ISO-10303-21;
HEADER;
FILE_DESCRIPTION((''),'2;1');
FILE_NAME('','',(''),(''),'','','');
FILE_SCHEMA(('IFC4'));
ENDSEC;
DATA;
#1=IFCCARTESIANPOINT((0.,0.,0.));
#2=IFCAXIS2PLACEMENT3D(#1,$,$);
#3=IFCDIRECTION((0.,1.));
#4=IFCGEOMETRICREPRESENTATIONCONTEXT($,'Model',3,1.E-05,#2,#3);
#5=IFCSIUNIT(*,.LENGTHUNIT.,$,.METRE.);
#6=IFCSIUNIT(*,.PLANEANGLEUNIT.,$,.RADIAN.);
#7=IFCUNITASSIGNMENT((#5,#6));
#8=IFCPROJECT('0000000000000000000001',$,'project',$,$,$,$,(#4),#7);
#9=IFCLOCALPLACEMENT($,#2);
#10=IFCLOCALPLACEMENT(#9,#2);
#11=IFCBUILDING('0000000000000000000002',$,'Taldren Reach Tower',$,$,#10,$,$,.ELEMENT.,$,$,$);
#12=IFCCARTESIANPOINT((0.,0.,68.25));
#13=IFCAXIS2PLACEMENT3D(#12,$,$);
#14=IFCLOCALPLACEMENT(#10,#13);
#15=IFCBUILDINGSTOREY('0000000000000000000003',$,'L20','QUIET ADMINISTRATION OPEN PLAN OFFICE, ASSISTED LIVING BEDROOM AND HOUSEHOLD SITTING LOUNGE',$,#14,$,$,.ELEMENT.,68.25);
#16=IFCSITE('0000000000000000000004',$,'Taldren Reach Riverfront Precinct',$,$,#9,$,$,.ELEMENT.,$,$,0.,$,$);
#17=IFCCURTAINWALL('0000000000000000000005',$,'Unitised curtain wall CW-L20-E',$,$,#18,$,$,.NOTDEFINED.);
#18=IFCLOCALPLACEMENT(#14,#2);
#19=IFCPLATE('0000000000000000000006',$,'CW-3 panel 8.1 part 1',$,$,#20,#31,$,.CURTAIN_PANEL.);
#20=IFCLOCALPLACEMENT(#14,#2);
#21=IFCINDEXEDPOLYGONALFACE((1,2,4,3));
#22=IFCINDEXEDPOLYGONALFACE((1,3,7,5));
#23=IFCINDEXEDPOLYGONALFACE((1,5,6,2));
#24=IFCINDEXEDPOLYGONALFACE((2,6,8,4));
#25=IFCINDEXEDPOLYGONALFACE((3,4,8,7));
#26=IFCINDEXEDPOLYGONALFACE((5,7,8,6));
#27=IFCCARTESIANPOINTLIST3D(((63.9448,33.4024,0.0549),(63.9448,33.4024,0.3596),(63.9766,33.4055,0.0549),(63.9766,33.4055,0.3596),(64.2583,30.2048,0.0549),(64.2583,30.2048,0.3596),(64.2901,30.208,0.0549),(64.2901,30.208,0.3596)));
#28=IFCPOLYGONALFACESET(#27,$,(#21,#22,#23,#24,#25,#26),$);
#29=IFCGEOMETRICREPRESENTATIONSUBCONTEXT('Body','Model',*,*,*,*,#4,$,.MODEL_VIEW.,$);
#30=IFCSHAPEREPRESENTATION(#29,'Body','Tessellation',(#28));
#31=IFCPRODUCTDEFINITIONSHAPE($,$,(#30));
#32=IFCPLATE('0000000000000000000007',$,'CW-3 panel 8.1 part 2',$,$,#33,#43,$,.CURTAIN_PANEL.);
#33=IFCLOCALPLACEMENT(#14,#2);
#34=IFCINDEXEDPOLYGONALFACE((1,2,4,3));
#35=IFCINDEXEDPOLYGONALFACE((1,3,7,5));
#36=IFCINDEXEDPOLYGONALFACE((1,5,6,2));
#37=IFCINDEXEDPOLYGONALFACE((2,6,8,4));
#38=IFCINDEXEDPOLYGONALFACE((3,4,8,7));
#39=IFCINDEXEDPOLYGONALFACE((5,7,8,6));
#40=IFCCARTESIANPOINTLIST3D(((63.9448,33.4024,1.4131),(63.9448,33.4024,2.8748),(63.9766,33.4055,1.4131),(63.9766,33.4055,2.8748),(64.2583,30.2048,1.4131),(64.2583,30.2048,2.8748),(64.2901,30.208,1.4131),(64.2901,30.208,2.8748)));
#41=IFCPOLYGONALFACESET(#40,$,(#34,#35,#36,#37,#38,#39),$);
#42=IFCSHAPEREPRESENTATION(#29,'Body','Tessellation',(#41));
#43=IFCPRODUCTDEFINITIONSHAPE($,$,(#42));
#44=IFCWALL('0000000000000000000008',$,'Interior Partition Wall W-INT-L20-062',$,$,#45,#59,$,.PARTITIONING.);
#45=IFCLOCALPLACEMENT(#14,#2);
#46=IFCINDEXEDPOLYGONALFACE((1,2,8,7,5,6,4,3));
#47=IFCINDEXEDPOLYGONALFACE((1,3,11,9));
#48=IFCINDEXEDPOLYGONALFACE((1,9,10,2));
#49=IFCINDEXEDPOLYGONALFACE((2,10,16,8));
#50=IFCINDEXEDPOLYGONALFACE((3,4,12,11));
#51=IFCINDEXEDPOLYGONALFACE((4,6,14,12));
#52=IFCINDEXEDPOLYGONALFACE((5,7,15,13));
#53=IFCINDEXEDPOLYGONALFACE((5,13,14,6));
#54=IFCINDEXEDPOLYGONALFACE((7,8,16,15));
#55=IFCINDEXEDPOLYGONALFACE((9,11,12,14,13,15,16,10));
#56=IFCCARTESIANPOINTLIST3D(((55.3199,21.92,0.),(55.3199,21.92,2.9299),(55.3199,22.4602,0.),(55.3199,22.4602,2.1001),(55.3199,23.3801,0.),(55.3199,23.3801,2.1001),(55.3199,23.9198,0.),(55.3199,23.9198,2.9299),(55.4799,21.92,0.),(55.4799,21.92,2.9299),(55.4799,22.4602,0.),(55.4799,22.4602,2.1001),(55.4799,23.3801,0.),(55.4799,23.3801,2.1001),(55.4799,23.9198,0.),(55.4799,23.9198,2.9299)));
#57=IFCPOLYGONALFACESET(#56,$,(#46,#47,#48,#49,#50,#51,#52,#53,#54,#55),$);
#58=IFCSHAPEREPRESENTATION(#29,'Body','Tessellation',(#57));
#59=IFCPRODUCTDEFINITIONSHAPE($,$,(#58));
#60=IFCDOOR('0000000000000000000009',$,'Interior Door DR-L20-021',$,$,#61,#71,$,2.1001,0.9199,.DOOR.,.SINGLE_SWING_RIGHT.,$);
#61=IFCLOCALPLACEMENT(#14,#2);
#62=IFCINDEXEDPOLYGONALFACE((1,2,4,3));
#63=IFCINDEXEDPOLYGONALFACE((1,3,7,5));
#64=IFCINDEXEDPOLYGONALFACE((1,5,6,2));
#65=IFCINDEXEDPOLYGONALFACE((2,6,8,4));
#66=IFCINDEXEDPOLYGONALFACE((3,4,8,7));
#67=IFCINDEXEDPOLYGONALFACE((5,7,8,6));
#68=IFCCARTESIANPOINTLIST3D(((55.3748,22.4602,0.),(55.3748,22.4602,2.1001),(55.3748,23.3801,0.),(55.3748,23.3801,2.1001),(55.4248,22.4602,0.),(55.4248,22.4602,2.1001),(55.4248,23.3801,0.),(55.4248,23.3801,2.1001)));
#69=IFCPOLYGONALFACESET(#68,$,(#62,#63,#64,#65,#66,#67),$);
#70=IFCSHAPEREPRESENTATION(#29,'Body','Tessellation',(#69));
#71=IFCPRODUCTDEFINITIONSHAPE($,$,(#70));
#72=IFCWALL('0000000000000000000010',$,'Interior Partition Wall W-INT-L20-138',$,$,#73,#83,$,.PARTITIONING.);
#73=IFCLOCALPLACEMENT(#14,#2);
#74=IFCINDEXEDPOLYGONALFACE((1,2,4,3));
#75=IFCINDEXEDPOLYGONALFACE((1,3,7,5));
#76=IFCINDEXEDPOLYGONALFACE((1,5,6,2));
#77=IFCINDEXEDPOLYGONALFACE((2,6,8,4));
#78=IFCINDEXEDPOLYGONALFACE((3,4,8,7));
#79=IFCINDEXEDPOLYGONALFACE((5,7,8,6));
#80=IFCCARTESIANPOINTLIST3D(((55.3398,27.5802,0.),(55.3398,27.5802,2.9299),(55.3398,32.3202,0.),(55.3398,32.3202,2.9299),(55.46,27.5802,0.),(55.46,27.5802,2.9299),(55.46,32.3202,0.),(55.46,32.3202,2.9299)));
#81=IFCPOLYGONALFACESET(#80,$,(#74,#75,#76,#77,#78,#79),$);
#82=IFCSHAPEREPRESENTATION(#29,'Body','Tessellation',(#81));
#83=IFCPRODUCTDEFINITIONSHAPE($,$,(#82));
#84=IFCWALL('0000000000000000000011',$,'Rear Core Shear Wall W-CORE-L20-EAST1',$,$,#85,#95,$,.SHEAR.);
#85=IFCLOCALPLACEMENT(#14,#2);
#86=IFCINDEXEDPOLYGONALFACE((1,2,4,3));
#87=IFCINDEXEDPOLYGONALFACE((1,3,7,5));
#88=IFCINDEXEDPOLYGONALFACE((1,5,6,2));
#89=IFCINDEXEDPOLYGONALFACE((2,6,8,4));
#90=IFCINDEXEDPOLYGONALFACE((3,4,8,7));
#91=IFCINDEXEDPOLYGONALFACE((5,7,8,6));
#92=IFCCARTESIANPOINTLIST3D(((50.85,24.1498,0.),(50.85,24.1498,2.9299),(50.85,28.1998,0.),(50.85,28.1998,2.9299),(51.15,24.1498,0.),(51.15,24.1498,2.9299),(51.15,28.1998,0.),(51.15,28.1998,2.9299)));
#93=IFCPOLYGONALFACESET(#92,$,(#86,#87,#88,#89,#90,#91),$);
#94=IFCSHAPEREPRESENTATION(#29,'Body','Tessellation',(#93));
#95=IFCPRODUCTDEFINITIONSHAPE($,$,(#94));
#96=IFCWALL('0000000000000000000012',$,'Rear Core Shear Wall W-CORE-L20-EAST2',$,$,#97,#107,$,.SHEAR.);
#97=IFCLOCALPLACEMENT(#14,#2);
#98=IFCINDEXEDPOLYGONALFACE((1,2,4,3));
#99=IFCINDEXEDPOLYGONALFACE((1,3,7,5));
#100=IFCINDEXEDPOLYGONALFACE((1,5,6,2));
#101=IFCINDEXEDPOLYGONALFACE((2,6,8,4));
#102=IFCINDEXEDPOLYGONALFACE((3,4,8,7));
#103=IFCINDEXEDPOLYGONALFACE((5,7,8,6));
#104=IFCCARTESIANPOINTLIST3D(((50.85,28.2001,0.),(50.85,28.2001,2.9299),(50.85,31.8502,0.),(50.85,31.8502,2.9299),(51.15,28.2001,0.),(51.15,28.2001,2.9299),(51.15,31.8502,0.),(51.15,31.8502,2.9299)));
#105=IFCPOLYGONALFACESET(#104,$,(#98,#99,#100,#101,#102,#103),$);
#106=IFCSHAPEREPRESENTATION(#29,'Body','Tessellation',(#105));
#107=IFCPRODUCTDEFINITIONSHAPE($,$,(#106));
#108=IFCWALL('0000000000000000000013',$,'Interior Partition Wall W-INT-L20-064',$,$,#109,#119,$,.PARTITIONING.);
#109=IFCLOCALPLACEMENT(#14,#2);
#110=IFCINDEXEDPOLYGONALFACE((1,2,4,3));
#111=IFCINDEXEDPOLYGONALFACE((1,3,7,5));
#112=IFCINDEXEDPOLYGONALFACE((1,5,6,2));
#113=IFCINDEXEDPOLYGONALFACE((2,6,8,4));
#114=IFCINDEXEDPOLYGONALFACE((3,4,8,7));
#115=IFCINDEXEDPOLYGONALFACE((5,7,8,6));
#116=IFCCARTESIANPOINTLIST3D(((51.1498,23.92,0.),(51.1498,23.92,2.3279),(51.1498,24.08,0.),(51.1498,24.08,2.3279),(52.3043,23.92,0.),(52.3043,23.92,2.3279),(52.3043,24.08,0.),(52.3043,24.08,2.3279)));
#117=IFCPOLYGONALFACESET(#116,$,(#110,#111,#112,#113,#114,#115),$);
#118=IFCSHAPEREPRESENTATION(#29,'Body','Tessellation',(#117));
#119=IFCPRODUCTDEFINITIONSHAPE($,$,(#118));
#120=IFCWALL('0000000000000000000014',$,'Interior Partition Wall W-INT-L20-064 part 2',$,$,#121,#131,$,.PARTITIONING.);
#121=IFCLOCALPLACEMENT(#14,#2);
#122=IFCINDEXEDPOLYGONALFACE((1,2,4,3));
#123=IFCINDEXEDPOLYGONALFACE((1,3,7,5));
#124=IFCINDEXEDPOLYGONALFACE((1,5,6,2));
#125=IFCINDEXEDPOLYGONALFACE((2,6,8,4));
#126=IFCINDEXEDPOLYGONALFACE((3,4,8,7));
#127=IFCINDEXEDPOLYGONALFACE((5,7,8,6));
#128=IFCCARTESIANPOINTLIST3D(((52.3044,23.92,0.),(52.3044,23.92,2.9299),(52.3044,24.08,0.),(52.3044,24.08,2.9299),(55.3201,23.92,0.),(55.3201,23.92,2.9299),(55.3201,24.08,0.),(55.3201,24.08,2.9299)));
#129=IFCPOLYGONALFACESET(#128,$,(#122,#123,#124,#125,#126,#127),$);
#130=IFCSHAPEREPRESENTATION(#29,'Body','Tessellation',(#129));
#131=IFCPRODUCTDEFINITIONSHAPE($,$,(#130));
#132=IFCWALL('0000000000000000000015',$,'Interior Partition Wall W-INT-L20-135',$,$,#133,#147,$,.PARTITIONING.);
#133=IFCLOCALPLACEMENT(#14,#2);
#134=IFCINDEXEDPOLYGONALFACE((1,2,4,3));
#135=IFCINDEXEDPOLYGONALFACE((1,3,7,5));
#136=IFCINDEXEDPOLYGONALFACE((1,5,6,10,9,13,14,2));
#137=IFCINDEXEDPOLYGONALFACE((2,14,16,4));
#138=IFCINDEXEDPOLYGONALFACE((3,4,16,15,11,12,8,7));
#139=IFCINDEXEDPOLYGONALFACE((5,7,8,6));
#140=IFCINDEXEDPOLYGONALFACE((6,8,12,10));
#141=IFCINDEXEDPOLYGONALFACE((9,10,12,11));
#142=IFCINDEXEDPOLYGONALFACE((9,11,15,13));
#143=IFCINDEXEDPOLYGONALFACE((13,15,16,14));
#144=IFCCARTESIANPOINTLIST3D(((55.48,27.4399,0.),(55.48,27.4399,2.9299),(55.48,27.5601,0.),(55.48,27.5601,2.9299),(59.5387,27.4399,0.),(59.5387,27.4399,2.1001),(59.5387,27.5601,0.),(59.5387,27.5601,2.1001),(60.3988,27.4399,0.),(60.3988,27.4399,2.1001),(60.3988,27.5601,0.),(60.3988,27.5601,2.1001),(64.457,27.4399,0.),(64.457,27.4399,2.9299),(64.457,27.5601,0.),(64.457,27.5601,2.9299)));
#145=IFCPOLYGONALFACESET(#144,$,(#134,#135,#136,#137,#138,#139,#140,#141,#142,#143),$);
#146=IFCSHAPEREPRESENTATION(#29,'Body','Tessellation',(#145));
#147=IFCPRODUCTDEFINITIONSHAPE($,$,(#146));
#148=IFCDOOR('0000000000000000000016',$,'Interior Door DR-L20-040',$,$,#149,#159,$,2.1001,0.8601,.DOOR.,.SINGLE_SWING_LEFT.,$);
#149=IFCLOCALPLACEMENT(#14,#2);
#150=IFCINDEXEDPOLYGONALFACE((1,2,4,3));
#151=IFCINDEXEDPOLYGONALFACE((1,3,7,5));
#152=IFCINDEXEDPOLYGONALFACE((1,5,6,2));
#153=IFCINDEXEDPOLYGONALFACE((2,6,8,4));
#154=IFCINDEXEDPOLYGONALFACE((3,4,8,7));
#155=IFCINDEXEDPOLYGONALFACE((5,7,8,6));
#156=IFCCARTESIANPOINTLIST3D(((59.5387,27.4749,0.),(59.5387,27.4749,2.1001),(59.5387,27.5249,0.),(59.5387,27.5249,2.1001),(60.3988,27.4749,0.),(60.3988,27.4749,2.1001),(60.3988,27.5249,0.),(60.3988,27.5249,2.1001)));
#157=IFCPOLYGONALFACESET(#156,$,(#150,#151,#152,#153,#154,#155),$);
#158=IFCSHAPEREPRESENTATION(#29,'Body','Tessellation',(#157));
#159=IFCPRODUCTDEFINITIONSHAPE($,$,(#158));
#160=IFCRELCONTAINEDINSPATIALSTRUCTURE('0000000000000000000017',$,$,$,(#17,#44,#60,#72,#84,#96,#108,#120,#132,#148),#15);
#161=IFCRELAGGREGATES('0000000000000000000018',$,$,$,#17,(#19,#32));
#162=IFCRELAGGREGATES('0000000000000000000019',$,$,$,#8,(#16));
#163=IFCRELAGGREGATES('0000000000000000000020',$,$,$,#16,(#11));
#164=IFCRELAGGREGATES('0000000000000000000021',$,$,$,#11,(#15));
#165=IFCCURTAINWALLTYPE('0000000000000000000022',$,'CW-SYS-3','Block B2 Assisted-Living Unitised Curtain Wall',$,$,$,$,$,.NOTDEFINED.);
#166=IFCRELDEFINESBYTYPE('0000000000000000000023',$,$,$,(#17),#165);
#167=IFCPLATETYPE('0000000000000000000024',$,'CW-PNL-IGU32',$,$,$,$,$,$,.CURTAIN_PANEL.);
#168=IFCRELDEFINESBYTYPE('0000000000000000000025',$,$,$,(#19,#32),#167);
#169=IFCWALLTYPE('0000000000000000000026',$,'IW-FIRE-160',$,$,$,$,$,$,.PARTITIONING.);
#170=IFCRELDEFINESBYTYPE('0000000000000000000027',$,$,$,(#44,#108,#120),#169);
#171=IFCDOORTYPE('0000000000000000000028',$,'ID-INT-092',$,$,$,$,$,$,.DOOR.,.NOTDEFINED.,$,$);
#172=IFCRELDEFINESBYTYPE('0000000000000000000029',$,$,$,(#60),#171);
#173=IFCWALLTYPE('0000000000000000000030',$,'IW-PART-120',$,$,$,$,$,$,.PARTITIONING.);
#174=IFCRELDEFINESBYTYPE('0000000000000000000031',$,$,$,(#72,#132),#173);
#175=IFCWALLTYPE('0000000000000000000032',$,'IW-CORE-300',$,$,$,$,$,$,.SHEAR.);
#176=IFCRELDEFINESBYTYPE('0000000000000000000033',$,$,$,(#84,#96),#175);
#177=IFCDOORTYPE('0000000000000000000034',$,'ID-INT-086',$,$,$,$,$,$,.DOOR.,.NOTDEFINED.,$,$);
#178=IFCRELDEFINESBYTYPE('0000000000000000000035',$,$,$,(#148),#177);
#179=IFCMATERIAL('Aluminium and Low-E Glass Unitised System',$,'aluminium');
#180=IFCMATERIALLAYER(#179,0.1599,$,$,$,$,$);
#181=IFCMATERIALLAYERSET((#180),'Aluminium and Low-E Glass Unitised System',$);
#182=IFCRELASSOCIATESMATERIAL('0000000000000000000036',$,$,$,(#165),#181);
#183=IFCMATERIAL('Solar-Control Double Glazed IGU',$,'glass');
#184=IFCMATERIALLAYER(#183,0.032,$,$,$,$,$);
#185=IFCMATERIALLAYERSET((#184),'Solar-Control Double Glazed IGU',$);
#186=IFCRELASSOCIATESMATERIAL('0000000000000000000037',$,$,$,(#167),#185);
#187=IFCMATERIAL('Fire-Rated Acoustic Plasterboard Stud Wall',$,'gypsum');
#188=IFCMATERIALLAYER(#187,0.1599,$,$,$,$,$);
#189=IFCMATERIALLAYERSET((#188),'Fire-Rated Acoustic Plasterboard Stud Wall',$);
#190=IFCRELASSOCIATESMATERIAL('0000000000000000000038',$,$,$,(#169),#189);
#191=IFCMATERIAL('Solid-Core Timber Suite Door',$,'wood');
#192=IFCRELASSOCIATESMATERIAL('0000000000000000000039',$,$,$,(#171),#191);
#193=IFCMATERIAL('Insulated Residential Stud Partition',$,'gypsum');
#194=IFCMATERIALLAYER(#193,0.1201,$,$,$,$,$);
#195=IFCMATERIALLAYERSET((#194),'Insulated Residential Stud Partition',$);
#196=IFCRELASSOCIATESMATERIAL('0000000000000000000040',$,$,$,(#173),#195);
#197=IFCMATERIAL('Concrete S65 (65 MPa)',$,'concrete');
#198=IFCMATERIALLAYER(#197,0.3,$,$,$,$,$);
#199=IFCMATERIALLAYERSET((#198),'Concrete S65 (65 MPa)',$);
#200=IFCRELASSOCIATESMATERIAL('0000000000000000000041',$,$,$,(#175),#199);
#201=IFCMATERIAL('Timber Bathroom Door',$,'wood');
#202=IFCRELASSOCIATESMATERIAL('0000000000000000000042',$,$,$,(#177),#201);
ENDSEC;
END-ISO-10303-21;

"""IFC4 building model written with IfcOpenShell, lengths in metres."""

from ifc_helpers import new_model, si_unit, direction, frame, frame_2d, origin, origin_2d, place, context, subcontext, project, spatial, rectangle, extrude, source, transform, mapped, material, layer, layer_set, type_object, element, fill, aggregate, save


model = new_model("IFC4")

# Units and contexts
model_context = context("Model", 3, precision=1e-05, world=origin(), true_north=direction((0.0, 1.0)))
body_context = subcontext(model_context, "Body", "Model", "MODEL_VIEW")
ifc_project = project(units=[si_unit("LENGTHUNIT", "METRE"), si_unit("PLANEANGLEUNIT", "RADIAN")], contexts=[model_context])

# Site, building, storey
site_placement = place(None, origin())
site = spatial("IfcSite", under=ifc_project, at=site_placement, Name="Taldren Reach Riverfront Precinct", CompositionType="ELEMENT", RefElevation=0.0)
building_placement = place(site_placement, origin())
building = spatial("IfcBuilding", under=site, at=building_placement, Name="Taldren Reach Tower", CompositionType="ELEMENT")
storey_placement = place(building_placement, frame((0.0, 0.0, 68.25)))
storey = spatial("IfcBuildingStorey", under=building, at=storey_placement, Name="L20", Description="QUIET ADMINISTRATION OPEN PLAN OFFICE, ASSISTED LIVING BEDROOM AND HOUSEHOLD SITTING LOUNGE", CompositionType="ELEMENT", Elevation=68.25)

# Shared definitions
ifc_material_1 = material(Name="Concrete S65 (65 MPa)", Category="concrete")

# Curtain wall, plates
ifc_material_2 = material(Name="Aluminium and Low-E Glass Unitised System", Category="aluminium")
ifc_layer_1 = layer(ifc_material_2, 0.1599)
ifc_layer_set_1 = layer_set([ifc_layer_1], Name="Aluminium and Low-E Glass Unitised System")
curtain_wall_type = type_object("IfcCurtainWallType", Name="CW-SYS-3", Description="Block B2 Assisted-Living Unitised Curtain Wall", PredefinedType="NOTDEFINED", material=ifc_layer_set_1)
curtain_wall_placement = place(storey_placement, origin())
curtain_wall = element("IfcCurtainWall", 1, at=curtain_wall_placement, inside=storey, type_object=curtain_wall_type, Name="Unitised curtain wall CW-L20-E", PredefinedType="NOTDEFINED")
ifc_material_3 = material(Name="Solar-Control Double Glazed IGU", Category="glass")
ifc_layer_2 = layer(ifc_material_3, 0.032)
ifc_layer_set_2 = layer_set([ifc_layer_2], Name="Solar-Control Double Glazed IGU")
plate_type = type_object("IfcPlateType", Name="CW-PNL-IGU32", PredefinedType="CURTAIN_PANEL", material=ifc_layer_set_2)
shared_shape_1 = source(origin(), body_context, "Body", "SweptSolid", [
    extrude(rectangle(XDim=3.2129, YDim=0.032, at=origin_2d()), origin(), (0.0, 0.0, 1.0), 0.3047),
])
plate_1_placement = place(storey_placement, frame((64.1174, 31.8052, 0.0549), z_axis=(0.0, 0.0, 1.0), x_axis=(-0.097583, 0.995227, 0.0)))
plate_1 = element("IfcPlate", 2, at=plate_1_placement, type_object=plate_type, Name="CW-3 panel 8.1 part 1", PredefinedType="CURTAIN_PANEL", context=body_context, shape_type="MappedRepresentation", body=[
    mapped(shared_shape_1, transform((0.0, 0.0, 0.0), scale=1.0)),
])
shared_shape_2 = source(origin(), body_context, "Body", "SweptSolid", [
    extrude(rectangle(XDim=3.2129, YDim=0.032, at=origin_2d()), origin(), (0.0, 0.0, 1.0), 1.4617),
])
plate_2_placement = place(storey_placement, frame((64.1174, 31.8052, 1.4131), z_axis=(0.0, 0.0, 1.0), x_axis=(-0.097583, 0.995227, 0.0)))
plate_2 = element("IfcPlate", 3, at=plate_2_placement, type_object=plate_type, Name="CW-3 panel 8.1 part 2", PredefinedType="CURTAIN_PANEL", context=body_context, shape_type="MappedRepresentation", body=[
    mapped(shared_shape_2, transform((0.0, 0.0, 0.0), scale=1.0)),
])
aggregate(curtain_wall, [plate_1, plate_2])

# Wall, opening, door
ifc_material_4 = material(Name="Fire-Rated Acoustic Plasterboard Stud Wall", Category="gypsum")
ifc_layer_3 = layer(ifc_material_4, 0.1599)
ifc_layer_set_3 = layer_set([ifc_layer_3], Name="Fire-Rated Acoustic Plasterboard Stud Wall")
wall_type_1 = type_object("IfcWallType", Name="IW-FIRE-160", PredefinedType="PARTITIONING", material=ifc_layer_set_3)
shared_shape_3 = source(origin(), body_context, "Body", "SweptSolid", [
    extrude(rectangle(XDim=1.9998, YDim=0.1599, at=frame_2d((1.0, 0.0))), origin(), (0.0, 0.0, 1.0), 2.9299),
])
wall_1_placement = place(storey_placement, frame((55.3999, 23.9199, 0.0), z_axis=(0.0, 0.0, 1.0), x_axis=(0.0, -1.0, 0.0)))
wall_1 = element("IfcWall", 4, at=wall_1_placement, inside=storey, type_object=wall_type_1, Name="Interior Partition Wall W-INT-L20-062", PredefinedType="PARTITIONING", context=body_context, shape_type="MappedRepresentation", body=[
    mapped(shared_shape_3, transform((0.0, 0.0, 0.0), scale=1.0)),
])
shared_shape_4 = source(origin(), body_context, "Body", "SweptSolid", [
    extrude(rectangle(XDim=0.9199, YDim=2.1001, at=frame_2d((0.46, 1.05))), frame((0.0, 0.0898, 0.0), z_axis=(0.0, -1.0, 0.0), x_axis=(1.0, 0.0, 0.0)), (0.0, 0.0, 1.0), 0.1799),
])
opening_1_placement = place(wall_1_placement, frame((0.5398, 0.0, 0.0)))
opening_1 = element("IfcOpeningElement", 5, at=opening_1_placement, cuts=wall_1, PredefinedType="OPENING", context=body_context, shape_type="MappedRepresentation", body=[
    mapped(shared_shape_4, transform((0.0, 0.0, 0.0), scale=1.0)),
])
ifc_material_5 = material(Name="Solid-Core Timber Suite Door", Category="wood")
door_type_1 = type_object("IfcDoorType", Name="ID-INT-092", OperationType="NOTDEFINED", PredefinedType="DOOR", material=ifc_material_5)
shared_shape_5 = source(origin(), body_context, "Body", "SweptSolid", [
    extrude(rectangle(XDim=0.9199, YDim=2.1001, at=frame_2d((0.46, 1.05))), frame((0.0, 0.0249, 0.0), z_axis=(0.0, -1.0, 0.0), x_axis=(1.0, 0.0, 0.0)), (0.0, 0.0, 1.0), 0.05),
])
door_1_placement = place(opening_1_placement, origin())
door_1 = element("IfcDoor", 6, at=door_1_placement, inside=storey, type_object=door_type_1, Name="Interior Door DR-L20-021", OperationType="SINGLE_SWING_RIGHT", OverallHeight=2.1001, OverallWidth=0.9199, PredefinedType="DOOR", context=body_context, shape_type="MappedRepresentation", body=[
    mapped(shared_shape_5, transform((0.0, 0.0, 0.0), scale=1.0)),
])
fill(opening_1, door_1)

# Walls
ifc_material_6 = material(Name="Insulated Residential Stud Partition", Category="gypsum")
ifc_layer_4 = layer(ifc_material_6, 0.1201)
ifc_layer_set_4 = layer_set([ifc_layer_4], Name="Insulated Residential Stud Partition")
wall_type_2 = type_object("IfcWallType", Name="IW-PART-120", PredefinedType="PARTITIONING", material=ifc_layer_set_4)
shared_shape_6 = source(origin(), body_context, "Body", "SweptSolid", [
    extrude(rectangle(XDim=4.74, YDim=0.1201, at=frame_2d((2.3701, 0.0))), origin(), (0.0, 0.0, 1.0), 2.9299),
])
wall_2_placement = place(storey_placement, frame((55.3999, 27.5801, 0.0), z_axis=(0.0, 0.0, 1.0), x_axis=(0.0, 1.0, 0.0)))
element("IfcWall", 7, at=wall_2_placement, inside=storey, type_object=wall_type_2, Name="Interior Partition Wall W-INT-L20-138", PredefinedType="PARTITIONING", context=body_context, shape_type="MappedRepresentation", body=[
    mapped(shared_shape_6, transform((0.0, 0.0, 0.0), scale=1.0)),
])
ifc_layer_5 = layer(ifc_material_1, 0.3)
ifc_layer_set_5 = layer_set([ifc_layer_5], Name="Concrete S65 (65 MPa)")
wall_type_3 = type_object("IfcWallType", Name="IW-CORE-300", PredefinedType="SHEAR", material=ifc_layer_set_5)
shared_shape_7 = source(origin(), body_context, "Body", "SweptSolid", [
    extrude(rectangle(XDim=4.05, YDim=0.3, at=frame_2d((2.0249, 0.0))), origin(), (0.0, 0.0, 1.0), 2.9299),
])
wall_3_placement = place(storey_placement, frame((51.0, 24.1499, 0.0), z_axis=(0.0, 0.0, 1.0), x_axis=(0.0, 1.0, 0.0)))
element("IfcWall", 8, at=wall_3_placement, inside=storey, type_object=wall_type_3, Name="Rear Core Shear Wall W-CORE-L20-EAST1", PredefinedType="SHEAR", context=body_context, shape_type="MappedRepresentation", body=[
    mapped(shared_shape_7, transform((0.0, 0.0, 0.0), scale=1.0)),
])
shared_shape_8 = source(origin(), body_context, "Body", "SweptSolid", [
    extrude(rectangle(XDim=3.6501, YDim=0.3, at=frame_2d((1.8252, 0.0))), origin(), (0.0, 0.0, 1.0), 2.9299),
])
wall_4_placement = place(storey_placement, frame((51.0, 28.2, 0.0), z_axis=(0.0, 0.0, 1.0), x_axis=(0.0, 1.0, 0.0)))
element("IfcWall", 9, at=wall_4_placement, inside=storey, type_object=wall_type_3, Name="Rear Core Shear Wall W-CORE-L20-EAST2", PredefinedType="SHEAR", context=body_context, shape_type="MappedRepresentation", body=[
    mapped(shared_shape_8, transform((0.0, 0.0, 0.0), scale=1.0)),
])
shared_shape_9 = source(origin(), body_context, "Body", "SweptSolid", [
    extrude(rectangle(XDim=1.1545, YDim=0.1599, at=frame_2d((0.5771, 0.0))), origin(), (0.0, 0.0, 1.0), 2.3279),
])
wall_5_placement = place(storey_placement, frame((51.1499, 24.0, 0.0), z_axis=(0.0, 0.0, 1.0), x_axis=(1.0, 0.0, 0.0)))
element("IfcWall", 10, at=wall_5_placement, inside=storey, type_object=wall_type_1, Name="Interior Partition Wall W-INT-L20-064", PredefinedType="PARTITIONING", context=body_context, shape_type="MappedRepresentation", body=[
    mapped(shared_shape_9, transform((0.0, 0.0, 0.0), scale=1.0)),
])
shared_shape_10 = source(origin(), body_context, "Body", "SweptSolid", [
    extrude(rectangle(XDim=3.0156, YDim=0.1599, at=frame_2d((1.5078, 0.0))), origin(), (0.0, 0.0, 1.0), 2.9299),
])
wall_6_placement = place(storey_placement, frame((52.3044, 24.0, 0.0), z_axis=(0.0, 0.0, 1.0), x_axis=(1.0, 0.0, 0.0)))
element("IfcWall", 11, at=wall_6_placement, inside=storey, type_object=wall_type_1, Name="Interior Partition Wall W-INT-L20-064 part 2", PredefinedType="PARTITIONING", context=body_context, shape_type="MappedRepresentation", body=[
    mapped(shared_shape_10, transform((0.0, 0.0, 0.0), scale=1.0)),
])

# Wall, opening, door
shared_shape_11 = source(origin(), body_context, "Body", "SweptSolid", [
    extrude(rectangle(XDim=8.9771, YDim=0.1201, at=frame_2d((4.4885, 0.0))), origin(), (0.0, 0.0, 1.0), 2.9299),
])
wall_7_placement = place(storey_placement, frame((55.48, 27.5, 0.0), z_axis=(0.0, 0.0, 1.0), x_axis=(1.0, 0.0, 0.0)))
wall_7 = element("IfcWall", 12, at=wall_7_placement, inside=storey, type_object=wall_type_2, Name="Interior Partition Wall W-INT-L20-135", PredefinedType="PARTITIONING", context=body_context, shape_type="MappedRepresentation", body=[
    mapped(shared_shape_11, transform((0.0, 0.0, 0.0), scale=1.0)),
])
shared_shape_12 = source(origin(), body_context, "Body", "SweptSolid", [
    extrude(rectangle(XDim=0.8601, YDim=2.1001, at=frame_2d((0.4302, 1.05))), frame((0.0, 0.0701, 0.0), z_axis=(0.0, -1.0, 0.0), x_axis=(1.0, 0.0, 0.0)), (0.0, 0.0, 1.0), 0.1401),
])
opening_2_placement = place(wall_7_placement, frame((4.0586, 0.0, 0.0)))
opening_2 = element("IfcOpeningElement", 13, at=opening_2_placement, cuts=wall_7, PredefinedType="OPENING", context=body_context, shape_type="MappedRepresentation", body=[
    mapped(shared_shape_12, transform((0.0, 0.0, 0.0), scale=1.0)),
])
ifc_material_7 = material(Name="Timber Bathroom Door", Category="wood")
door_type_2 = type_object("IfcDoorType", Name="ID-INT-086", OperationType="NOTDEFINED", PredefinedType="DOOR", material=ifc_material_7)
shared_shape_13 = source(origin(), body_context, "Body", "SweptSolid", [
    extrude(rectangle(XDim=0.8601, YDim=2.1001, at=frame_2d((0.4302, 1.05))), frame((0.0, 0.0249, 0.0), z_axis=(0.0, -1.0, 0.0), x_axis=(1.0, 0.0, 0.0)), (0.0, 0.0, 1.0), 0.05),
])
door_2_placement = place(opening_2_placement, origin())
door_2 = element("IfcDoor", 14, at=door_2_placement, inside=storey, type_object=door_type_2, Name="Interior Door DR-L20-040", OperationType="SINGLE_SWING_LEFT", OverallHeight=2.1001, OverallWidth=0.8601, PredefinedType="DOOR", context=body_context, shape_type="MappedRepresentation", body=[
    mapped(shared_shape_13, transform((0.0, 0.0, 0.0), scale=1.0)),
])
fill(opening_2, door_2)

save(model, "model.ifc")
